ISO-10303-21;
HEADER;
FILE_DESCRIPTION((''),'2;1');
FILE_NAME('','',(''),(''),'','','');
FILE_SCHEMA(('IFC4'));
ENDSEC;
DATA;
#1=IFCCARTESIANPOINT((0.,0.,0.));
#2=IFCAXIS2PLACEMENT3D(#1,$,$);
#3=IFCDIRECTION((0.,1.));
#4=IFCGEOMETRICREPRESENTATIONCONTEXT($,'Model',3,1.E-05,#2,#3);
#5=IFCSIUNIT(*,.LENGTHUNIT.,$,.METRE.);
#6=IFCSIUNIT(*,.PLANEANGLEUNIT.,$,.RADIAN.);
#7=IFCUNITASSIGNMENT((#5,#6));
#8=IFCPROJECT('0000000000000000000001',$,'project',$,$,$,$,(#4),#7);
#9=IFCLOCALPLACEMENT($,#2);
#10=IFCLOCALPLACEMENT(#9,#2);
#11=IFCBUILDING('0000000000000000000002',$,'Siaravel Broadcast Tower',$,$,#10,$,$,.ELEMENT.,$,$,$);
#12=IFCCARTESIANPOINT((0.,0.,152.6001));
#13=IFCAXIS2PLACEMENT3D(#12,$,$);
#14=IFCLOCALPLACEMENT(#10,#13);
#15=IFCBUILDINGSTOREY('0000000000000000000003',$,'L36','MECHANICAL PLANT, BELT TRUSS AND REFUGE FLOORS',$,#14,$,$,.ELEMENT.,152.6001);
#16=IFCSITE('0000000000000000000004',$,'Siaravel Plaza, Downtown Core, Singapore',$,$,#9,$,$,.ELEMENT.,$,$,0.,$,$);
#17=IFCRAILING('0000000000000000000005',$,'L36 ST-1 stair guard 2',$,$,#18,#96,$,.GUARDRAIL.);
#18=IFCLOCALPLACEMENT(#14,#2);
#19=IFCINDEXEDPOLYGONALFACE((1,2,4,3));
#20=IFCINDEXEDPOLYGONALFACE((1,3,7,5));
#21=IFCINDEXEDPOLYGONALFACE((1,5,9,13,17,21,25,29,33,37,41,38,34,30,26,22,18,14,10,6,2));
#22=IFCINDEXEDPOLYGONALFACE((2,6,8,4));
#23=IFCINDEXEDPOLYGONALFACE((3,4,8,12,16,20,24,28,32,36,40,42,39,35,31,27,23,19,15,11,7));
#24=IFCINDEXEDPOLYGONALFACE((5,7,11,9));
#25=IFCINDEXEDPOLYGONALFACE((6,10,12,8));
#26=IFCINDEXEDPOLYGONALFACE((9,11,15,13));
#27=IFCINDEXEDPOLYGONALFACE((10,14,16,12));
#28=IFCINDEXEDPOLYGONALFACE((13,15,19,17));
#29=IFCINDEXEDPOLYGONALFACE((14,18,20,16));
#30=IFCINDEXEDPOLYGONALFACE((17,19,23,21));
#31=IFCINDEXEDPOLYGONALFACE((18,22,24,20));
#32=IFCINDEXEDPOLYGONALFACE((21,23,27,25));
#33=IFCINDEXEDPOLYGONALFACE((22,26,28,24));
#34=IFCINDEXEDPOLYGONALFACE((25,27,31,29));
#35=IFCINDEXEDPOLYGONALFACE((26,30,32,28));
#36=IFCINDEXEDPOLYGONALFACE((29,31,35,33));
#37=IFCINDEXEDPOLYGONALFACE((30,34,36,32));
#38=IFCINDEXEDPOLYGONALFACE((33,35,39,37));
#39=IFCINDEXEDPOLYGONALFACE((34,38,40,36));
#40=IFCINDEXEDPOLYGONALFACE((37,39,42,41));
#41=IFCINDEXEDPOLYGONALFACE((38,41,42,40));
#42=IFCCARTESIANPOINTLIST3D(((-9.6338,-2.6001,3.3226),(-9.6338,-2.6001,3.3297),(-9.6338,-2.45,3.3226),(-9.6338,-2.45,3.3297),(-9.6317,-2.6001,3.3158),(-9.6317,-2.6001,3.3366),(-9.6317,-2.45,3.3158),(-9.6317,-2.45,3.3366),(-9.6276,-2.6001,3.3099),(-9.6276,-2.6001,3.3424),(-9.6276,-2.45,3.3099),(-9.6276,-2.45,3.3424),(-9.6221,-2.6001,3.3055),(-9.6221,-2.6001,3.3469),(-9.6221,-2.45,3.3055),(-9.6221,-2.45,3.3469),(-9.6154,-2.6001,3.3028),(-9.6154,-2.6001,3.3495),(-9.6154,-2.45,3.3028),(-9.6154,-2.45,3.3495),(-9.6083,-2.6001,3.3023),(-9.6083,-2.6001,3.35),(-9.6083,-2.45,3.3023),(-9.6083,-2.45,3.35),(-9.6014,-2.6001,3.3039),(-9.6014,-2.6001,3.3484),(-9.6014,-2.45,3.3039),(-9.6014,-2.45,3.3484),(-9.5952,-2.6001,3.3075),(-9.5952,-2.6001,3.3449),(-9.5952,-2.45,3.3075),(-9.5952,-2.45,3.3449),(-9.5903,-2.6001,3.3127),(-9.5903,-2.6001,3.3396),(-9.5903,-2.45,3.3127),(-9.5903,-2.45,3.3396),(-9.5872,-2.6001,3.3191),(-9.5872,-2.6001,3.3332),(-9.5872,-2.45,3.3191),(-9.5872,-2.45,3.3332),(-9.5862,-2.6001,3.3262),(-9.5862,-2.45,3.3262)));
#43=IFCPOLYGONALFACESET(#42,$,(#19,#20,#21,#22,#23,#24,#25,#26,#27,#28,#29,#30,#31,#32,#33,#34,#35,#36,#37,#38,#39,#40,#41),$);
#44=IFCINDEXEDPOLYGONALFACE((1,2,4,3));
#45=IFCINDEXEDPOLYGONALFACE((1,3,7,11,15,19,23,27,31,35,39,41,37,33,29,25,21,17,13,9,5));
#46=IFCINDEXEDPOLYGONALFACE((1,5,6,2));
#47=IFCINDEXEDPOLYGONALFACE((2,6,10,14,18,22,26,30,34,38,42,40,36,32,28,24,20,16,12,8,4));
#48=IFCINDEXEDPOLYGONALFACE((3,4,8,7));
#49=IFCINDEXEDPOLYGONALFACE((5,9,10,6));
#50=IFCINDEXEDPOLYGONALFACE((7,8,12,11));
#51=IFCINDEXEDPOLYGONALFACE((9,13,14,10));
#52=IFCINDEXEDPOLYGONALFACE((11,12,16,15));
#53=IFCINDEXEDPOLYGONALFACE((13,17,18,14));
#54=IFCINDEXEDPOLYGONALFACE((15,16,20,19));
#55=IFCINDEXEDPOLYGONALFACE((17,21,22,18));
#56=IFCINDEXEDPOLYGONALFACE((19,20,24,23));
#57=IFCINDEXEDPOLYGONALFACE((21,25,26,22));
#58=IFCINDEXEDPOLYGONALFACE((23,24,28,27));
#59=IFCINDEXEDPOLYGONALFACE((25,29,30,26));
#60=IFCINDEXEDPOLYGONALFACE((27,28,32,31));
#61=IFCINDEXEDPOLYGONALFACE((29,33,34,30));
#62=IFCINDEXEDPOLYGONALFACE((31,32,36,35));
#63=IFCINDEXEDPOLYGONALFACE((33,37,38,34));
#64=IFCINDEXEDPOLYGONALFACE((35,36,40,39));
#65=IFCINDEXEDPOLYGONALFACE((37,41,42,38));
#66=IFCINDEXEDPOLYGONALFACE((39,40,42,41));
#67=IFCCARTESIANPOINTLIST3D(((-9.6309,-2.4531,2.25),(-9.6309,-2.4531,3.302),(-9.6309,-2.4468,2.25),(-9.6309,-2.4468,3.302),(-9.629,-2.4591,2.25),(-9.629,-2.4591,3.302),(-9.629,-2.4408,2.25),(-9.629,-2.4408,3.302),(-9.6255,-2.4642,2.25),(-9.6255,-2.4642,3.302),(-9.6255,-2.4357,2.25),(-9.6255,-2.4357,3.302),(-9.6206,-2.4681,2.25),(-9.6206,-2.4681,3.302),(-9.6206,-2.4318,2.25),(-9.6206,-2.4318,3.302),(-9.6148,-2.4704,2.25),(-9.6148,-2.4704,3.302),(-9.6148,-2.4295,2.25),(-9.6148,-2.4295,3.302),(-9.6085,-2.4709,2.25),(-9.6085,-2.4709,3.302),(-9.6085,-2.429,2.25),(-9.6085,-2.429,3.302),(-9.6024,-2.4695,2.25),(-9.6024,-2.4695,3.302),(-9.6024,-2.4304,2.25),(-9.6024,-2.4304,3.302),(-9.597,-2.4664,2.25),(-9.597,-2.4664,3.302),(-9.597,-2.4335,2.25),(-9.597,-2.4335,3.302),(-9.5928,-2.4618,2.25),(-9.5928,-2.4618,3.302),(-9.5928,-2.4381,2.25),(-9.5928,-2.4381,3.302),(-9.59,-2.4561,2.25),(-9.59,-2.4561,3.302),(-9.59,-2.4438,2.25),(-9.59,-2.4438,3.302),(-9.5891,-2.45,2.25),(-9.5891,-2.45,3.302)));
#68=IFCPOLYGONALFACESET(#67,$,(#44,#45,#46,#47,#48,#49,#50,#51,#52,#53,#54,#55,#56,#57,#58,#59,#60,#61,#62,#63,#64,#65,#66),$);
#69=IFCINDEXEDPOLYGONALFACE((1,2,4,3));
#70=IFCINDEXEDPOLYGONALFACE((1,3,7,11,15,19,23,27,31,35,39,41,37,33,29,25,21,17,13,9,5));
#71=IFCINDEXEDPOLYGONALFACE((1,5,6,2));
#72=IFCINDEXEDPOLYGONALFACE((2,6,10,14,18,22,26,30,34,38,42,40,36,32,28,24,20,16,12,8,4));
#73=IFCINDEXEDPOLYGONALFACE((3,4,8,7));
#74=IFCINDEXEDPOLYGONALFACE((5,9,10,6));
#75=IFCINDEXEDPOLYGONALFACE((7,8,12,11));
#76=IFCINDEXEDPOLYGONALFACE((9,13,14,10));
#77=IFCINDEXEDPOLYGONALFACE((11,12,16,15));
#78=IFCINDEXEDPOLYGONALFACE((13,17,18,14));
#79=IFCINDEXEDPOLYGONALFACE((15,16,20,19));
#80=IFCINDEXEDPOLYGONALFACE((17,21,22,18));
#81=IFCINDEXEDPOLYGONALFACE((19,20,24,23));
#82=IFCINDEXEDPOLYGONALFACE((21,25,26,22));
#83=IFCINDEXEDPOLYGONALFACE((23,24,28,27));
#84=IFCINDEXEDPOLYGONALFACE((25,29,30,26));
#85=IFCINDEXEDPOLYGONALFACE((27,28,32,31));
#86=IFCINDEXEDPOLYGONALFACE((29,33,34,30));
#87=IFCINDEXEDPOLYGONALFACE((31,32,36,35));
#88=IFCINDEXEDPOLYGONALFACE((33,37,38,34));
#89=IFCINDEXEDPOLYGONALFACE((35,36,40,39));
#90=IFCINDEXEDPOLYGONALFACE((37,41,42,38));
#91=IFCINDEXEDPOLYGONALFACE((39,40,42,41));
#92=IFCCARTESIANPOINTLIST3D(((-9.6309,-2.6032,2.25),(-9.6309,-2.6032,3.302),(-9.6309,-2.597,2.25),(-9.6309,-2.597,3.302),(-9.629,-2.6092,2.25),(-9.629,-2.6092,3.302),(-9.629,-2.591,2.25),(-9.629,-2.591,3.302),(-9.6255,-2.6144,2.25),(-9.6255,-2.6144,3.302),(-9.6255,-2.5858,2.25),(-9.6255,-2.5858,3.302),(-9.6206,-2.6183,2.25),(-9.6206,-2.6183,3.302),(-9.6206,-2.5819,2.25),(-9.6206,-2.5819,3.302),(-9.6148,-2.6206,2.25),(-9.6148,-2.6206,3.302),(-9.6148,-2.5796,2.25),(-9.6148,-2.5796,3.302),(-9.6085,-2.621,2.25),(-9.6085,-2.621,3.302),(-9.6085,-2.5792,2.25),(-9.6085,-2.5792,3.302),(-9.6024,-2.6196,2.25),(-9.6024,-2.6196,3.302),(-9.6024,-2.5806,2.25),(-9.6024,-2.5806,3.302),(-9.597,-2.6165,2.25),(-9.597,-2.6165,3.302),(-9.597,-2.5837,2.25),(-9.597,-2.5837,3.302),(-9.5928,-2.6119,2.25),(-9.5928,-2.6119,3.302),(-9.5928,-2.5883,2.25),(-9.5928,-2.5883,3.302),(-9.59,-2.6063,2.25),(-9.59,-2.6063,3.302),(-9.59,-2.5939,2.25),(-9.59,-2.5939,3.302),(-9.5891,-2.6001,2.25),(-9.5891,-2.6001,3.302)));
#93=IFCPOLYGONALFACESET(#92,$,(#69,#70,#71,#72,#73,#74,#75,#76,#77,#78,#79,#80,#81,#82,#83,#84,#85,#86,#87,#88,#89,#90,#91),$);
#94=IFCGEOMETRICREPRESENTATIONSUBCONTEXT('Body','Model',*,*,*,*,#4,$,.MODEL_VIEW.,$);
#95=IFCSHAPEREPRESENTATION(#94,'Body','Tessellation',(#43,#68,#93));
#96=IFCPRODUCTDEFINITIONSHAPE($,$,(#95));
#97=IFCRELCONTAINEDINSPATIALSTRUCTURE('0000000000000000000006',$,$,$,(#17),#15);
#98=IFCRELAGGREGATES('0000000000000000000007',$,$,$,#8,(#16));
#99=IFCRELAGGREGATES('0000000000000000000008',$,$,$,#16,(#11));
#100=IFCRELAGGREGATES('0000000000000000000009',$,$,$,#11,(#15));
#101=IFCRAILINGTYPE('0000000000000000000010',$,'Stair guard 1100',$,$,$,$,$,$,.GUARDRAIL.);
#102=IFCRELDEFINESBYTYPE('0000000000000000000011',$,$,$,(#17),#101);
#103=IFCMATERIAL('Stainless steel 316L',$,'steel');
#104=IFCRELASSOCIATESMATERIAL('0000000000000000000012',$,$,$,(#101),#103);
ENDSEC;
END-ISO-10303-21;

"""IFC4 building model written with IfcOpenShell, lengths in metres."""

from ifc_helpers import new_model, si_unit, direction, frame, origin, origin_2d, place, context, subcontext, project, spatial, circle, extrude, material, type_object, element, save


model = new_model("IFC4")

# Units and contexts
model_context = context("Model", 3, precision=1e-05, world=origin(), true_north=direction((0.0, 1.0)))
body_context = subcontext(model_context, "Body", "Model", "MODEL_VIEW")
ifc_project = project(units=[si_unit("LENGTHUNIT", "METRE"), si_unit("PLANEANGLEUNIT", "RADIAN")], contexts=[model_context])

# Site, building, storey
site_placement = place(None, origin())
site = spatial("IfcSite", under=ifc_project, at=site_placement, Name="Siaravel Plaza, Downtown Core, Singapore", CompositionType="ELEMENT", RefElevation=0.0)
building_placement = place(site_placement, origin())
building = spatial("IfcBuilding", under=site, at=building_placement, Name="Siaravel Broadcast Tower", CompositionType="ELEMENT")
storey_placement = place(building_placement, frame((0.0, 0.0, 152.6001)))
storey = spatial("IfcBuildingStorey", under=building, at=storey_placement, Name="L36", Description="MECHANICAL PLANT, BELT TRUSS AND REFUGE FLOORS", CompositionType="ELEMENT", Elevation=152.6001)

# Shared definitions
ifc_material_1 = material(Name="Stainless steel 316L", Category="steel")

# Railing
railing_type_1 = type_object("IfcRailingType", Name="Stair guard 1100", PredefinedType="GUARDRAIL", material=ifc_material_1)
railing_1_placement = place(storey_placement, frame((-9.6101, -2.45, 2.25)))
element("IfcRailing", 1, at=railing_1_placement, inside=storey, type_object=railing_type_1, Name="L36 ST-1 stair guard 2", PredefinedType="GUARDRAIL", context=body_context, shape_type="SweptSolid", body=[
    extrude(circle(Radius=0.0239, at=origin_2d()), frame((0.0, 0.0, 1.0762), z_axis=(0.0, -1.0, 0.0), x_axis=(1.0, 0.0, 0.0)), (0.0, 0.0, 1.0), 0.1501),
    extrude(circle(Radius=0.021, at=origin_2d()), origin(), (0.0, 0.0, 1.0), 1.052),
    extrude(circle(Radius=0.021, at=origin_2d()), frame((0.0, -0.1501, 0.0)), (0.0, 0.0, 1.0), 1.052),
])

save(model, "model.ifc")
